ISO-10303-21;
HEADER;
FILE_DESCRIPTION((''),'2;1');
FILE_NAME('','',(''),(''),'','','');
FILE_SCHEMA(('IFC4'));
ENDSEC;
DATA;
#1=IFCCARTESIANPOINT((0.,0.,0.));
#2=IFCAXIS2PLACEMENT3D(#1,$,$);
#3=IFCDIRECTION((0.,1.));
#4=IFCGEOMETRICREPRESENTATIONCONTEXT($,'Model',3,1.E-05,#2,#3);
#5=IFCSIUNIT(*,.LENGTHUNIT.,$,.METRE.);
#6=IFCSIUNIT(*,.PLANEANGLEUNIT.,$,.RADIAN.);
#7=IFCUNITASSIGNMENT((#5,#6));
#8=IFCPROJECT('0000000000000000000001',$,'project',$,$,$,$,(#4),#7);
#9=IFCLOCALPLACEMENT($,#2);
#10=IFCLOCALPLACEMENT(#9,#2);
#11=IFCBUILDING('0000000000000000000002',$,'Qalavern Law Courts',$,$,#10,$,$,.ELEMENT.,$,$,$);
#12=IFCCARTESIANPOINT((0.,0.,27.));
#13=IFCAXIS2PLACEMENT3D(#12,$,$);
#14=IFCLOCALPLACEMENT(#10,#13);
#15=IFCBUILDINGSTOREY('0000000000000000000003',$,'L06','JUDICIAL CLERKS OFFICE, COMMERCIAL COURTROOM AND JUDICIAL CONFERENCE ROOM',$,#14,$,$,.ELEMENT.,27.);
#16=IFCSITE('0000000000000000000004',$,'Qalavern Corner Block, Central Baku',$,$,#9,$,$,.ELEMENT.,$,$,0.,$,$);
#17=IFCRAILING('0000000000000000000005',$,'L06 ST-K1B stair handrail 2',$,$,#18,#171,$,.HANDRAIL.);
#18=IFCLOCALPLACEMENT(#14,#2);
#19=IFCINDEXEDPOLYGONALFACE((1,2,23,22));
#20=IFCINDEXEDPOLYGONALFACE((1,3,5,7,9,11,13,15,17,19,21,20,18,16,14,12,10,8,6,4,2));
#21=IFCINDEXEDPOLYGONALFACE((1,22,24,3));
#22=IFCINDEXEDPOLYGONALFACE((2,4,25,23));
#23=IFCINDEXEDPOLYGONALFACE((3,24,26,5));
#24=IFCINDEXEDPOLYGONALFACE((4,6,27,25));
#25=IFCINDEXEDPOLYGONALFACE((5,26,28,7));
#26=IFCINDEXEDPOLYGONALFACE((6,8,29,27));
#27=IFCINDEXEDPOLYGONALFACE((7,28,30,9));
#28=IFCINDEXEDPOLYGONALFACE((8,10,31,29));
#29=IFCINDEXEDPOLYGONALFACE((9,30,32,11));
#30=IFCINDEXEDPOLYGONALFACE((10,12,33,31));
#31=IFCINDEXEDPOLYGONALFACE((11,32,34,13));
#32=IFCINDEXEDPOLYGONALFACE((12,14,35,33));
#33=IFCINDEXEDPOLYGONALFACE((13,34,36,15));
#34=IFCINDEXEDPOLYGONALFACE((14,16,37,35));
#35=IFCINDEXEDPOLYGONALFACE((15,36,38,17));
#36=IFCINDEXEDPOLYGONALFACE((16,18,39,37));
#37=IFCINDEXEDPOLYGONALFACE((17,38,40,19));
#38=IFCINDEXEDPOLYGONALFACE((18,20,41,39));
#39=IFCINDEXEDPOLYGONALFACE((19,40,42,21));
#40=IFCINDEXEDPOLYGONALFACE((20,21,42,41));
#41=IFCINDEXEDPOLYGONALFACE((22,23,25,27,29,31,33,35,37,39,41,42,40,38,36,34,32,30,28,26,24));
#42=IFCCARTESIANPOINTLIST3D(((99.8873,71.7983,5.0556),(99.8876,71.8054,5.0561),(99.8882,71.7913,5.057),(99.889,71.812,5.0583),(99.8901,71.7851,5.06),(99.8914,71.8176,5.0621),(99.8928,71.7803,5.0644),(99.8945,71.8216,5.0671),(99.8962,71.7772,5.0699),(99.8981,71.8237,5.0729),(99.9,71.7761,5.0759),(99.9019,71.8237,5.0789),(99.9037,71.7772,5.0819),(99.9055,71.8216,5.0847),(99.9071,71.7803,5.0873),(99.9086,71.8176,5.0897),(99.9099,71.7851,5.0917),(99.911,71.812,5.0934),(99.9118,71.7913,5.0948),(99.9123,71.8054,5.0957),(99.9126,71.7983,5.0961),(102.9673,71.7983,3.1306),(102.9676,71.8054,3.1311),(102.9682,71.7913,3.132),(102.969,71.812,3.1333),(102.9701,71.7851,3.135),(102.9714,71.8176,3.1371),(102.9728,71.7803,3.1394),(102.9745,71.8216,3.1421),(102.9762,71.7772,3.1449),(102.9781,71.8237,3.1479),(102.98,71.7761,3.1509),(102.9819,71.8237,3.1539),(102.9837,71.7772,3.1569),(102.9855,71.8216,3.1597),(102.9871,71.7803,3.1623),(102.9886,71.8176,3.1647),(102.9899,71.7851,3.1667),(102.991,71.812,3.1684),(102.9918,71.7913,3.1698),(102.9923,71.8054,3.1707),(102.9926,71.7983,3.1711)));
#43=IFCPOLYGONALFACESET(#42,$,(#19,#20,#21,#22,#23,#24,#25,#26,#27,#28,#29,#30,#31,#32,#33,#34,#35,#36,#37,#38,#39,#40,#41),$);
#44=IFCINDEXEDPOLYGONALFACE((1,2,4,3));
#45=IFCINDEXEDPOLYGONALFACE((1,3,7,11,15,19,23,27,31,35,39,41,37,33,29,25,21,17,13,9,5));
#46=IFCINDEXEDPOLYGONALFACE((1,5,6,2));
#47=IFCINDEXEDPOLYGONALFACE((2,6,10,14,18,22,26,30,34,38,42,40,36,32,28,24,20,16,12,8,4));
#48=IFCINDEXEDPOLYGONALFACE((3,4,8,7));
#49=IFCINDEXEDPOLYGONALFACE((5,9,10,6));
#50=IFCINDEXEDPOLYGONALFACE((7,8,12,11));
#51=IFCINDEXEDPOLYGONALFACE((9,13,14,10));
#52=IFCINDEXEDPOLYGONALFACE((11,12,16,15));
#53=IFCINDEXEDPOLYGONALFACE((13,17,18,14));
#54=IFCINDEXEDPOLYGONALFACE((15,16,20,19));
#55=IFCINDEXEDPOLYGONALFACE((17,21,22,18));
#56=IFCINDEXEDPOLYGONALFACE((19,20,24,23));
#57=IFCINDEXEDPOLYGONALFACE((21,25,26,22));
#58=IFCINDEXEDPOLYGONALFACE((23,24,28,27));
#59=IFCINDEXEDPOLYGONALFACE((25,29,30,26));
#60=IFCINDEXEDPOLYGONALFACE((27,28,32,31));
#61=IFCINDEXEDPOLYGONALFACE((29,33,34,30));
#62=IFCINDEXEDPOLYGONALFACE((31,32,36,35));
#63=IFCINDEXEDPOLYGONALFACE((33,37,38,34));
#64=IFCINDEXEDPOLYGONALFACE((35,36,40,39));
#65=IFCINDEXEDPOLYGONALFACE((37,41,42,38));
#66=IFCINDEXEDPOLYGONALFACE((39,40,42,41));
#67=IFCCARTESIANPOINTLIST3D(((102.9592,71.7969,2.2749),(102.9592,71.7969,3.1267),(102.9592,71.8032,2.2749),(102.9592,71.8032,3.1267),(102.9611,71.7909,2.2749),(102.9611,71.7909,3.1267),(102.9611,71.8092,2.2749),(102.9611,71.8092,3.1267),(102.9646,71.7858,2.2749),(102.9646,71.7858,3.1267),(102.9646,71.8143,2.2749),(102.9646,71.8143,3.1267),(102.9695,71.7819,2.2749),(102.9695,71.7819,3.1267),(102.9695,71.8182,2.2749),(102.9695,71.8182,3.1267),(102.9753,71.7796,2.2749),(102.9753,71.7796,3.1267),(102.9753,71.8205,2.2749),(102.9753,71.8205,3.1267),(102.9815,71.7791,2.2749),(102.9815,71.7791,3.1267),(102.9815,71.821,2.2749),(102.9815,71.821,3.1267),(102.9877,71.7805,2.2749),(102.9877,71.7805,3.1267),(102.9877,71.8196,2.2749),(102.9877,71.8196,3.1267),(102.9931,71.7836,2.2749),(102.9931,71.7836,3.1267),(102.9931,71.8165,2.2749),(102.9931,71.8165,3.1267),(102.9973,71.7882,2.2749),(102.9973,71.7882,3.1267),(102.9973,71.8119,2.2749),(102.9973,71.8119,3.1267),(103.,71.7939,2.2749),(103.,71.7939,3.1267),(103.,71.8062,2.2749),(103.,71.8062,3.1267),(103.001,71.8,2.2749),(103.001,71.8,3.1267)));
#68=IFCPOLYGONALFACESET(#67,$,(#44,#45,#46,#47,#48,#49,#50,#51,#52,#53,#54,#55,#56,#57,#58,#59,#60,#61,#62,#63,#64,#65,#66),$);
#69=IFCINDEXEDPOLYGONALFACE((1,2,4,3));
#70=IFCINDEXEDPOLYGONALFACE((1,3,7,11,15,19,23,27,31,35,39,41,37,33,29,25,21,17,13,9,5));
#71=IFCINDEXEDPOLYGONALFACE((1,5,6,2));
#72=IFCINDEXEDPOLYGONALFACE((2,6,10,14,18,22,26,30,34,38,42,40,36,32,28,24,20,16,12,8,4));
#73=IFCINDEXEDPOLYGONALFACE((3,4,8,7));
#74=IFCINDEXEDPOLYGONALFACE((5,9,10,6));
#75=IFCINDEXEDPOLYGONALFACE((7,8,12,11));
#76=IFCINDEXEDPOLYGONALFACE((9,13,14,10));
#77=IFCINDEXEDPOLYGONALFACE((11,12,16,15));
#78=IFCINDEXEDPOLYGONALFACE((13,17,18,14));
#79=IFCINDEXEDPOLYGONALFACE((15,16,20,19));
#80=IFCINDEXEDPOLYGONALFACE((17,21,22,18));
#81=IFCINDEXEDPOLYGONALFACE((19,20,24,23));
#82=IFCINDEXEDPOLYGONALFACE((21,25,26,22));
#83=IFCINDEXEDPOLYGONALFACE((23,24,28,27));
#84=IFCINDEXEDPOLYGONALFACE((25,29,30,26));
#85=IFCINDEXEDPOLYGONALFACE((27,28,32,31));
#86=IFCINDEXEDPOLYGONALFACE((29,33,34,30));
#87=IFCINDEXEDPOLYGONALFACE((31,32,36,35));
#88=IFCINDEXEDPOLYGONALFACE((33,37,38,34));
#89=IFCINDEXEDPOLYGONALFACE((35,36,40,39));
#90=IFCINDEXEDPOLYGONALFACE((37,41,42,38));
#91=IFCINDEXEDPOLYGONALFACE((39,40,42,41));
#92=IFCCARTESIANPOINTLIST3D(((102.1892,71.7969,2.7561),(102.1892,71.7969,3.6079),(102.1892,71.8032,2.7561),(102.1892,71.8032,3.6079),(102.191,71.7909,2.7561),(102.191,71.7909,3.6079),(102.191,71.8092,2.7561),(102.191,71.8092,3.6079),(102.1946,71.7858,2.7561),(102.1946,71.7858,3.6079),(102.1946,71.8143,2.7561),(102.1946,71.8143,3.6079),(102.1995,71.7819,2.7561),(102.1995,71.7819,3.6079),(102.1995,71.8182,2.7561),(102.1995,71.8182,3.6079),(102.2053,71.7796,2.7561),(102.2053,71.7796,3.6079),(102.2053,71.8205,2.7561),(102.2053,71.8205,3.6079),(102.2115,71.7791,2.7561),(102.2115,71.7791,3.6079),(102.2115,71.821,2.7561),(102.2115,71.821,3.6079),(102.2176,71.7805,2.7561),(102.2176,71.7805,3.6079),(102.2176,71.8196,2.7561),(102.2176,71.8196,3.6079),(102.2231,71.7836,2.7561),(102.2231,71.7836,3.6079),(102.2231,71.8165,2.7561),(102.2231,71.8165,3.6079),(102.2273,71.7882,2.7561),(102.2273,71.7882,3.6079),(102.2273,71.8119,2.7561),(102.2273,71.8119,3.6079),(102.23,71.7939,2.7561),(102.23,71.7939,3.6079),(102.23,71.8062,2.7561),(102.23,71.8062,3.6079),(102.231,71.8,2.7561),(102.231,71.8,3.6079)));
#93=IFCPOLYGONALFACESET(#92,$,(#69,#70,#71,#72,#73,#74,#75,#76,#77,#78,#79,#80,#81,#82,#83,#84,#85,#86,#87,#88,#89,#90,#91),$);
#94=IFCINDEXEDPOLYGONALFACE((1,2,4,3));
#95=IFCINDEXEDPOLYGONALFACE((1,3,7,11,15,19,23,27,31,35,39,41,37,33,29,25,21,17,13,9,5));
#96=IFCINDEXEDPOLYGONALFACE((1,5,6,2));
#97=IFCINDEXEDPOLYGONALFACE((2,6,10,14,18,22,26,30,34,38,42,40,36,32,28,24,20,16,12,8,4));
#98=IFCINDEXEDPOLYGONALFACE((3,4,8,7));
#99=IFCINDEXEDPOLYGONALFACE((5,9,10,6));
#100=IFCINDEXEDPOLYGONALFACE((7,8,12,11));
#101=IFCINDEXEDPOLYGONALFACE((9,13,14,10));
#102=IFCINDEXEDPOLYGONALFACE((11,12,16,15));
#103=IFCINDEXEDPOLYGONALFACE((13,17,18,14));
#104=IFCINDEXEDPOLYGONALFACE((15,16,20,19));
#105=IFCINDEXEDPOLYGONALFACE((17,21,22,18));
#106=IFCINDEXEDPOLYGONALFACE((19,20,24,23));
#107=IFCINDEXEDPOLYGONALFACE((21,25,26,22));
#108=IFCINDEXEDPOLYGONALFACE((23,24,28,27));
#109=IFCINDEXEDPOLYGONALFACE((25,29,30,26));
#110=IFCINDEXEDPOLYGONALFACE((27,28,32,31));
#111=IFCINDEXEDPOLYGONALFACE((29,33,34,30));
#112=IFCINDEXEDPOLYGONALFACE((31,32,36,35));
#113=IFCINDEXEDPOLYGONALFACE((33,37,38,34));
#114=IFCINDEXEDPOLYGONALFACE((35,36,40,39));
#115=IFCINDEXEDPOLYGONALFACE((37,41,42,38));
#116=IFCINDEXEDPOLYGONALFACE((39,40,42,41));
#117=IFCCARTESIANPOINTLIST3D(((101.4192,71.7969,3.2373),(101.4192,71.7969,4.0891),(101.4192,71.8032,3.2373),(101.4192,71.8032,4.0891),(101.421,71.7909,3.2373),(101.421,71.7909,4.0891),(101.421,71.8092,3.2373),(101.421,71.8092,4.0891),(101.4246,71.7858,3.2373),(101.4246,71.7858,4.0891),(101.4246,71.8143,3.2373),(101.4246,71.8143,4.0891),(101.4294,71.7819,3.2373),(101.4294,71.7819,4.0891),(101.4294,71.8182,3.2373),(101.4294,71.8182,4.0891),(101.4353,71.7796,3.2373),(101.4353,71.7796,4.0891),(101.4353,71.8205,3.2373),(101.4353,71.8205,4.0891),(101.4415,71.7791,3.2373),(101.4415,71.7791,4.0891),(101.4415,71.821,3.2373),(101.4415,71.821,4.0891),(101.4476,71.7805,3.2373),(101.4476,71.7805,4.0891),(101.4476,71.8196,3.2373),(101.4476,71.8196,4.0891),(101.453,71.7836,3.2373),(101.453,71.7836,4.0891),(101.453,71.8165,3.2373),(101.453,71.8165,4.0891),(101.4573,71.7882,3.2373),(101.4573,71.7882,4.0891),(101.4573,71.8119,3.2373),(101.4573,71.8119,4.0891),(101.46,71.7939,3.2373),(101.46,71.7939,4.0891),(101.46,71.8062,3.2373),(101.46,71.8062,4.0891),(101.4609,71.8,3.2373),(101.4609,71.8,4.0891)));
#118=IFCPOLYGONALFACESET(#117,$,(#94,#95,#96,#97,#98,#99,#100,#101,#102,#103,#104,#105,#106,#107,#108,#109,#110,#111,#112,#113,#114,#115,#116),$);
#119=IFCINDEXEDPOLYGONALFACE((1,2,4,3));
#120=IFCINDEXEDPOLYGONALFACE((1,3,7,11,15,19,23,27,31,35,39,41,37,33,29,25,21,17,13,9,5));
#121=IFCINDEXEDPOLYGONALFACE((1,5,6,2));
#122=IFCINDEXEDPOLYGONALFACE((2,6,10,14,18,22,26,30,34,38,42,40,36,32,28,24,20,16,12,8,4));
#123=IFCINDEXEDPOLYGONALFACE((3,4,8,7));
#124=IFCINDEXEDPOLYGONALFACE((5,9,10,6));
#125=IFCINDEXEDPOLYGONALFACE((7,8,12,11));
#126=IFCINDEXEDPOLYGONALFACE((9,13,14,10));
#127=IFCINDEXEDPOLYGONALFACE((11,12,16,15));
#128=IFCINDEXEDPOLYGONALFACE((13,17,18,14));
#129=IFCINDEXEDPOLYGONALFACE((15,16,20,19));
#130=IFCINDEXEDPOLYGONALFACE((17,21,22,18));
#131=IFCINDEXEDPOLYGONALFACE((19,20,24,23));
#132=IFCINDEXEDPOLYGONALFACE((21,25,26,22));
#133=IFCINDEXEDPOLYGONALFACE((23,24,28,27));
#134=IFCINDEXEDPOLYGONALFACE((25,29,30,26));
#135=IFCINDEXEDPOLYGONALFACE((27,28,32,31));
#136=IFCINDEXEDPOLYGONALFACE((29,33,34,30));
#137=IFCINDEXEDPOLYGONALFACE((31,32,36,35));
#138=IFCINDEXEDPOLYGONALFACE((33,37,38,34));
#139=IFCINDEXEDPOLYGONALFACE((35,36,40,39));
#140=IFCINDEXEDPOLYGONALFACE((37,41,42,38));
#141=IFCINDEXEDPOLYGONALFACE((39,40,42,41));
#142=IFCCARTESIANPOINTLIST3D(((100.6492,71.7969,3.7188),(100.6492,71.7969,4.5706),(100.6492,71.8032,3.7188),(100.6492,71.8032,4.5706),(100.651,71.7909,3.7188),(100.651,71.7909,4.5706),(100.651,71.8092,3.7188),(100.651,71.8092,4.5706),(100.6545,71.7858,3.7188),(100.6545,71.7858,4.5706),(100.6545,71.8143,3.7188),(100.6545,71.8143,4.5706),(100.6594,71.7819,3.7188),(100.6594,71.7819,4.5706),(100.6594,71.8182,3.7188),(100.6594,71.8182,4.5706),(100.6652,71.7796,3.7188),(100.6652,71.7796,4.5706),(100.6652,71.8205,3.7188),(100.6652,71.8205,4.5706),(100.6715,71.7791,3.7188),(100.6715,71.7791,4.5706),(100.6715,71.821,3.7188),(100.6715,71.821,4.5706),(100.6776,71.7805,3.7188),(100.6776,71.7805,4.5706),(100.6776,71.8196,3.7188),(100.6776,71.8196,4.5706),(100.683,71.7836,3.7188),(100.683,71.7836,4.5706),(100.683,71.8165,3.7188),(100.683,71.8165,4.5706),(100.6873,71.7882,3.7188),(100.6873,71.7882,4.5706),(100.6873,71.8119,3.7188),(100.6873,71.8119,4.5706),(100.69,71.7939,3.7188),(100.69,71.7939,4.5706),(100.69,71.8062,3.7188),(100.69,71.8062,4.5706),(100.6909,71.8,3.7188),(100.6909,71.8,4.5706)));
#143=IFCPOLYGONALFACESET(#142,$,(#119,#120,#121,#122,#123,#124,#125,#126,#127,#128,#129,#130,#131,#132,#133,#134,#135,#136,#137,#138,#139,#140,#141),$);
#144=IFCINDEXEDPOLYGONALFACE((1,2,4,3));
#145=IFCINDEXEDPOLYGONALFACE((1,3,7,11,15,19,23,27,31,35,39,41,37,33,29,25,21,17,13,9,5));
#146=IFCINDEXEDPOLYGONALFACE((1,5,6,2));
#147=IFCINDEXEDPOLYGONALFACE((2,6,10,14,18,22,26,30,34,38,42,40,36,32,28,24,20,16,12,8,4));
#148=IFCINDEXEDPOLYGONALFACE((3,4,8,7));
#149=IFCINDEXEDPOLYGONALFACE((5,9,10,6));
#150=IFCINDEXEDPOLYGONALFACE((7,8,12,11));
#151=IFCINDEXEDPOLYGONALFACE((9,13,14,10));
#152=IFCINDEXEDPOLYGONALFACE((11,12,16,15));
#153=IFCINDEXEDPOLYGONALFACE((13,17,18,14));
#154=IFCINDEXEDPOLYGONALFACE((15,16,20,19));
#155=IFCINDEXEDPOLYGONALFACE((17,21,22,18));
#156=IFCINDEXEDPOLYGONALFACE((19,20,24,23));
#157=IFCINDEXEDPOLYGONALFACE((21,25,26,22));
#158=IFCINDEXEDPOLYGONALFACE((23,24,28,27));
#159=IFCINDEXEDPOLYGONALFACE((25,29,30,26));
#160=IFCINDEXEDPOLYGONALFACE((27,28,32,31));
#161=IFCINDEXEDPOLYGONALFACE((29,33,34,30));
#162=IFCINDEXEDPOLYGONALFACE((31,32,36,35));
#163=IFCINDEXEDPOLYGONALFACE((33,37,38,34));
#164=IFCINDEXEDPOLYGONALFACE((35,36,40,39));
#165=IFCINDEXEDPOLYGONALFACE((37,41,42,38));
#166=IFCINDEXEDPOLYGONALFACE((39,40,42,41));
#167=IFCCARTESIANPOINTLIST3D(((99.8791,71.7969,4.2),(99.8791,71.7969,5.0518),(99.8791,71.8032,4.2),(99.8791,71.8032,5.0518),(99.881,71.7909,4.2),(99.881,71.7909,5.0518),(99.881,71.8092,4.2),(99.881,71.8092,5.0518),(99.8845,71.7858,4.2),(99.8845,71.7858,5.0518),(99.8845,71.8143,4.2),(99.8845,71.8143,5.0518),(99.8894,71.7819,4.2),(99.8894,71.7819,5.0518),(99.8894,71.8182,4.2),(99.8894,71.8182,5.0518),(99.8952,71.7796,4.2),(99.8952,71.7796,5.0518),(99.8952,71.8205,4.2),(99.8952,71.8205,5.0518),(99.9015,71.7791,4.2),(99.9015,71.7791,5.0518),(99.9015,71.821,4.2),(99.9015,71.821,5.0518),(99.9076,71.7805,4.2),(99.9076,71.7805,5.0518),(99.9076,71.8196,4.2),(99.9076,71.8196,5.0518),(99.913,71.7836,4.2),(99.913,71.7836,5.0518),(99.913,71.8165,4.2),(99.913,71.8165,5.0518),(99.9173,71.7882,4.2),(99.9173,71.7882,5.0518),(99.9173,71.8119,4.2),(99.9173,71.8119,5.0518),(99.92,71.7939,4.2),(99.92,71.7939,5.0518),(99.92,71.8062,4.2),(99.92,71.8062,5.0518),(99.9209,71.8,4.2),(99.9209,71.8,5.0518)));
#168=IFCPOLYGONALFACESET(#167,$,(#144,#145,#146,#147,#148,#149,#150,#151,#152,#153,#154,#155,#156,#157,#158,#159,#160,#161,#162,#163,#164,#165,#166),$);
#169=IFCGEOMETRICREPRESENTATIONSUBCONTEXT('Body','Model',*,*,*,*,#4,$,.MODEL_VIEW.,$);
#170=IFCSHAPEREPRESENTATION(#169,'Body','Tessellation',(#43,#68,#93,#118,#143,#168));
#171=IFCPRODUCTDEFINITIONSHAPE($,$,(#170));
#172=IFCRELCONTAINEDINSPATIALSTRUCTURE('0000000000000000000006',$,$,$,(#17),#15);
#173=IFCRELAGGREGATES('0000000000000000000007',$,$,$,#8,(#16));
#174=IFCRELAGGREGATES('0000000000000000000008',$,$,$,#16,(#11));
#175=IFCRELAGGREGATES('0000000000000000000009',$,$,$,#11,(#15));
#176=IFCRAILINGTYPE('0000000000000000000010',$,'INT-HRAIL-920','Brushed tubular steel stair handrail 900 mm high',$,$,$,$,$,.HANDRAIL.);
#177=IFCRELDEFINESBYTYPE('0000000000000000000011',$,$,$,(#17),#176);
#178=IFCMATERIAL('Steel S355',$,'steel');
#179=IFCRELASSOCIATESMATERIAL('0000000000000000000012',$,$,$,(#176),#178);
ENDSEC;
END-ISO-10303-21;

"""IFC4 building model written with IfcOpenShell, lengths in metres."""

from ifc_helpers import new_model, si_unit, direction, frame, origin, origin_2d, place, context, subcontext, project, spatial, circle, extrude, material, type_object, element, save


model = new_model("IFC4")

# Units and contexts
model_context = context("Model", 3, precision=1e-05, world=origin(), true_north=direction((0.0, 1.0)))
body_context = subcontext(model_context, "Body", "Model", "MODEL_VIEW")
ifc_project = project(units=[si_unit("LENGTHUNIT", "METRE"), si_unit("PLANEANGLEUNIT", "RADIAN")], contexts=[model_context])

# Site, building, storey
site_placement = place(None, origin())
site = spatial("IfcSite", under=ifc_project, at=site_placement, Name="Qalavern Corner Block, Central Baku", CompositionType="ELEMENT", RefElevation=0.0)
building_placement = place(site_placement, origin())
building = spatial("IfcBuilding", under=site, at=building_placement, Name="Qalavern Law Courts", CompositionType="ELEMENT")
storey_placement = place(building_placement, frame((0.0, 0.0, 27.0)))
storey = spatial("IfcBuildingStorey", under=building, at=storey_placement, Name="L06", Description="JUDICIAL CLERKS OFFICE, COMMERCIAL COURTROOM AND JUDICIAL CONFERENCE ROOM", CompositionType="ELEMENT", Elevation=27.0)

# Shared definitions
ifc_material_1 = material(Name="Steel S355", Category="steel")

# Railing
railing_type_1 = type_object("IfcRailingType", Name="INT-HRAIL-920", Description="Brushed tubular steel stair handrail 900 mm high", PredefinedType="HANDRAIL", material=ifc_material_1)
railing_1_placement = place(storey_placement, frame((102.98, 71.8, 2.2749)))
element("IfcRailing", 1, at=railing_1_placement, inside=storey, type_object=railing_type_1, Name="L06 ST-K1B stair handrail 2", PredefinedType="HANDRAIL", context=body_context, shape_type="SweptSolid", body=[
    extrude(circle(Radius=0.0239, at=origin_2d()), frame((0.0, 0.0, 0.876), z_axis=(-0.847998, 0.0, 0.529999), x_axis=(0.0, -1.0, 0.0)), (0.0, 0.0, 1.0), 3.6321),
    extrude(circle(Radius=0.021, at=origin_2d()), origin(), (0.0, 0.0, 1.0), 0.8518),
    extrude(circle(Radius=0.021, at=origin_2d()), frame((-0.77, 0.0, 0.4812)), (0.0, 0.0, 1.0), 0.8518),
    extrude(circle(Radius=0.021, at=origin_2d()), frame((-1.54, 0.0, 0.9624)), (0.0, 0.0, 1.0), 0.8518),
    extrude(circle(Radius=0.021, at=origin_2d()), frame((-2.3101, 0.0, 1.4438)), (0.0, 0.0, 1.0), 0.8518),
    extrude(circle(Radius=0.021, at=origin_2d()), frame((-3.0801, 0.0, 1.925)), (0.0, 0.0, 1.0), 0.8518),
])

save(model, "model.ifc")
